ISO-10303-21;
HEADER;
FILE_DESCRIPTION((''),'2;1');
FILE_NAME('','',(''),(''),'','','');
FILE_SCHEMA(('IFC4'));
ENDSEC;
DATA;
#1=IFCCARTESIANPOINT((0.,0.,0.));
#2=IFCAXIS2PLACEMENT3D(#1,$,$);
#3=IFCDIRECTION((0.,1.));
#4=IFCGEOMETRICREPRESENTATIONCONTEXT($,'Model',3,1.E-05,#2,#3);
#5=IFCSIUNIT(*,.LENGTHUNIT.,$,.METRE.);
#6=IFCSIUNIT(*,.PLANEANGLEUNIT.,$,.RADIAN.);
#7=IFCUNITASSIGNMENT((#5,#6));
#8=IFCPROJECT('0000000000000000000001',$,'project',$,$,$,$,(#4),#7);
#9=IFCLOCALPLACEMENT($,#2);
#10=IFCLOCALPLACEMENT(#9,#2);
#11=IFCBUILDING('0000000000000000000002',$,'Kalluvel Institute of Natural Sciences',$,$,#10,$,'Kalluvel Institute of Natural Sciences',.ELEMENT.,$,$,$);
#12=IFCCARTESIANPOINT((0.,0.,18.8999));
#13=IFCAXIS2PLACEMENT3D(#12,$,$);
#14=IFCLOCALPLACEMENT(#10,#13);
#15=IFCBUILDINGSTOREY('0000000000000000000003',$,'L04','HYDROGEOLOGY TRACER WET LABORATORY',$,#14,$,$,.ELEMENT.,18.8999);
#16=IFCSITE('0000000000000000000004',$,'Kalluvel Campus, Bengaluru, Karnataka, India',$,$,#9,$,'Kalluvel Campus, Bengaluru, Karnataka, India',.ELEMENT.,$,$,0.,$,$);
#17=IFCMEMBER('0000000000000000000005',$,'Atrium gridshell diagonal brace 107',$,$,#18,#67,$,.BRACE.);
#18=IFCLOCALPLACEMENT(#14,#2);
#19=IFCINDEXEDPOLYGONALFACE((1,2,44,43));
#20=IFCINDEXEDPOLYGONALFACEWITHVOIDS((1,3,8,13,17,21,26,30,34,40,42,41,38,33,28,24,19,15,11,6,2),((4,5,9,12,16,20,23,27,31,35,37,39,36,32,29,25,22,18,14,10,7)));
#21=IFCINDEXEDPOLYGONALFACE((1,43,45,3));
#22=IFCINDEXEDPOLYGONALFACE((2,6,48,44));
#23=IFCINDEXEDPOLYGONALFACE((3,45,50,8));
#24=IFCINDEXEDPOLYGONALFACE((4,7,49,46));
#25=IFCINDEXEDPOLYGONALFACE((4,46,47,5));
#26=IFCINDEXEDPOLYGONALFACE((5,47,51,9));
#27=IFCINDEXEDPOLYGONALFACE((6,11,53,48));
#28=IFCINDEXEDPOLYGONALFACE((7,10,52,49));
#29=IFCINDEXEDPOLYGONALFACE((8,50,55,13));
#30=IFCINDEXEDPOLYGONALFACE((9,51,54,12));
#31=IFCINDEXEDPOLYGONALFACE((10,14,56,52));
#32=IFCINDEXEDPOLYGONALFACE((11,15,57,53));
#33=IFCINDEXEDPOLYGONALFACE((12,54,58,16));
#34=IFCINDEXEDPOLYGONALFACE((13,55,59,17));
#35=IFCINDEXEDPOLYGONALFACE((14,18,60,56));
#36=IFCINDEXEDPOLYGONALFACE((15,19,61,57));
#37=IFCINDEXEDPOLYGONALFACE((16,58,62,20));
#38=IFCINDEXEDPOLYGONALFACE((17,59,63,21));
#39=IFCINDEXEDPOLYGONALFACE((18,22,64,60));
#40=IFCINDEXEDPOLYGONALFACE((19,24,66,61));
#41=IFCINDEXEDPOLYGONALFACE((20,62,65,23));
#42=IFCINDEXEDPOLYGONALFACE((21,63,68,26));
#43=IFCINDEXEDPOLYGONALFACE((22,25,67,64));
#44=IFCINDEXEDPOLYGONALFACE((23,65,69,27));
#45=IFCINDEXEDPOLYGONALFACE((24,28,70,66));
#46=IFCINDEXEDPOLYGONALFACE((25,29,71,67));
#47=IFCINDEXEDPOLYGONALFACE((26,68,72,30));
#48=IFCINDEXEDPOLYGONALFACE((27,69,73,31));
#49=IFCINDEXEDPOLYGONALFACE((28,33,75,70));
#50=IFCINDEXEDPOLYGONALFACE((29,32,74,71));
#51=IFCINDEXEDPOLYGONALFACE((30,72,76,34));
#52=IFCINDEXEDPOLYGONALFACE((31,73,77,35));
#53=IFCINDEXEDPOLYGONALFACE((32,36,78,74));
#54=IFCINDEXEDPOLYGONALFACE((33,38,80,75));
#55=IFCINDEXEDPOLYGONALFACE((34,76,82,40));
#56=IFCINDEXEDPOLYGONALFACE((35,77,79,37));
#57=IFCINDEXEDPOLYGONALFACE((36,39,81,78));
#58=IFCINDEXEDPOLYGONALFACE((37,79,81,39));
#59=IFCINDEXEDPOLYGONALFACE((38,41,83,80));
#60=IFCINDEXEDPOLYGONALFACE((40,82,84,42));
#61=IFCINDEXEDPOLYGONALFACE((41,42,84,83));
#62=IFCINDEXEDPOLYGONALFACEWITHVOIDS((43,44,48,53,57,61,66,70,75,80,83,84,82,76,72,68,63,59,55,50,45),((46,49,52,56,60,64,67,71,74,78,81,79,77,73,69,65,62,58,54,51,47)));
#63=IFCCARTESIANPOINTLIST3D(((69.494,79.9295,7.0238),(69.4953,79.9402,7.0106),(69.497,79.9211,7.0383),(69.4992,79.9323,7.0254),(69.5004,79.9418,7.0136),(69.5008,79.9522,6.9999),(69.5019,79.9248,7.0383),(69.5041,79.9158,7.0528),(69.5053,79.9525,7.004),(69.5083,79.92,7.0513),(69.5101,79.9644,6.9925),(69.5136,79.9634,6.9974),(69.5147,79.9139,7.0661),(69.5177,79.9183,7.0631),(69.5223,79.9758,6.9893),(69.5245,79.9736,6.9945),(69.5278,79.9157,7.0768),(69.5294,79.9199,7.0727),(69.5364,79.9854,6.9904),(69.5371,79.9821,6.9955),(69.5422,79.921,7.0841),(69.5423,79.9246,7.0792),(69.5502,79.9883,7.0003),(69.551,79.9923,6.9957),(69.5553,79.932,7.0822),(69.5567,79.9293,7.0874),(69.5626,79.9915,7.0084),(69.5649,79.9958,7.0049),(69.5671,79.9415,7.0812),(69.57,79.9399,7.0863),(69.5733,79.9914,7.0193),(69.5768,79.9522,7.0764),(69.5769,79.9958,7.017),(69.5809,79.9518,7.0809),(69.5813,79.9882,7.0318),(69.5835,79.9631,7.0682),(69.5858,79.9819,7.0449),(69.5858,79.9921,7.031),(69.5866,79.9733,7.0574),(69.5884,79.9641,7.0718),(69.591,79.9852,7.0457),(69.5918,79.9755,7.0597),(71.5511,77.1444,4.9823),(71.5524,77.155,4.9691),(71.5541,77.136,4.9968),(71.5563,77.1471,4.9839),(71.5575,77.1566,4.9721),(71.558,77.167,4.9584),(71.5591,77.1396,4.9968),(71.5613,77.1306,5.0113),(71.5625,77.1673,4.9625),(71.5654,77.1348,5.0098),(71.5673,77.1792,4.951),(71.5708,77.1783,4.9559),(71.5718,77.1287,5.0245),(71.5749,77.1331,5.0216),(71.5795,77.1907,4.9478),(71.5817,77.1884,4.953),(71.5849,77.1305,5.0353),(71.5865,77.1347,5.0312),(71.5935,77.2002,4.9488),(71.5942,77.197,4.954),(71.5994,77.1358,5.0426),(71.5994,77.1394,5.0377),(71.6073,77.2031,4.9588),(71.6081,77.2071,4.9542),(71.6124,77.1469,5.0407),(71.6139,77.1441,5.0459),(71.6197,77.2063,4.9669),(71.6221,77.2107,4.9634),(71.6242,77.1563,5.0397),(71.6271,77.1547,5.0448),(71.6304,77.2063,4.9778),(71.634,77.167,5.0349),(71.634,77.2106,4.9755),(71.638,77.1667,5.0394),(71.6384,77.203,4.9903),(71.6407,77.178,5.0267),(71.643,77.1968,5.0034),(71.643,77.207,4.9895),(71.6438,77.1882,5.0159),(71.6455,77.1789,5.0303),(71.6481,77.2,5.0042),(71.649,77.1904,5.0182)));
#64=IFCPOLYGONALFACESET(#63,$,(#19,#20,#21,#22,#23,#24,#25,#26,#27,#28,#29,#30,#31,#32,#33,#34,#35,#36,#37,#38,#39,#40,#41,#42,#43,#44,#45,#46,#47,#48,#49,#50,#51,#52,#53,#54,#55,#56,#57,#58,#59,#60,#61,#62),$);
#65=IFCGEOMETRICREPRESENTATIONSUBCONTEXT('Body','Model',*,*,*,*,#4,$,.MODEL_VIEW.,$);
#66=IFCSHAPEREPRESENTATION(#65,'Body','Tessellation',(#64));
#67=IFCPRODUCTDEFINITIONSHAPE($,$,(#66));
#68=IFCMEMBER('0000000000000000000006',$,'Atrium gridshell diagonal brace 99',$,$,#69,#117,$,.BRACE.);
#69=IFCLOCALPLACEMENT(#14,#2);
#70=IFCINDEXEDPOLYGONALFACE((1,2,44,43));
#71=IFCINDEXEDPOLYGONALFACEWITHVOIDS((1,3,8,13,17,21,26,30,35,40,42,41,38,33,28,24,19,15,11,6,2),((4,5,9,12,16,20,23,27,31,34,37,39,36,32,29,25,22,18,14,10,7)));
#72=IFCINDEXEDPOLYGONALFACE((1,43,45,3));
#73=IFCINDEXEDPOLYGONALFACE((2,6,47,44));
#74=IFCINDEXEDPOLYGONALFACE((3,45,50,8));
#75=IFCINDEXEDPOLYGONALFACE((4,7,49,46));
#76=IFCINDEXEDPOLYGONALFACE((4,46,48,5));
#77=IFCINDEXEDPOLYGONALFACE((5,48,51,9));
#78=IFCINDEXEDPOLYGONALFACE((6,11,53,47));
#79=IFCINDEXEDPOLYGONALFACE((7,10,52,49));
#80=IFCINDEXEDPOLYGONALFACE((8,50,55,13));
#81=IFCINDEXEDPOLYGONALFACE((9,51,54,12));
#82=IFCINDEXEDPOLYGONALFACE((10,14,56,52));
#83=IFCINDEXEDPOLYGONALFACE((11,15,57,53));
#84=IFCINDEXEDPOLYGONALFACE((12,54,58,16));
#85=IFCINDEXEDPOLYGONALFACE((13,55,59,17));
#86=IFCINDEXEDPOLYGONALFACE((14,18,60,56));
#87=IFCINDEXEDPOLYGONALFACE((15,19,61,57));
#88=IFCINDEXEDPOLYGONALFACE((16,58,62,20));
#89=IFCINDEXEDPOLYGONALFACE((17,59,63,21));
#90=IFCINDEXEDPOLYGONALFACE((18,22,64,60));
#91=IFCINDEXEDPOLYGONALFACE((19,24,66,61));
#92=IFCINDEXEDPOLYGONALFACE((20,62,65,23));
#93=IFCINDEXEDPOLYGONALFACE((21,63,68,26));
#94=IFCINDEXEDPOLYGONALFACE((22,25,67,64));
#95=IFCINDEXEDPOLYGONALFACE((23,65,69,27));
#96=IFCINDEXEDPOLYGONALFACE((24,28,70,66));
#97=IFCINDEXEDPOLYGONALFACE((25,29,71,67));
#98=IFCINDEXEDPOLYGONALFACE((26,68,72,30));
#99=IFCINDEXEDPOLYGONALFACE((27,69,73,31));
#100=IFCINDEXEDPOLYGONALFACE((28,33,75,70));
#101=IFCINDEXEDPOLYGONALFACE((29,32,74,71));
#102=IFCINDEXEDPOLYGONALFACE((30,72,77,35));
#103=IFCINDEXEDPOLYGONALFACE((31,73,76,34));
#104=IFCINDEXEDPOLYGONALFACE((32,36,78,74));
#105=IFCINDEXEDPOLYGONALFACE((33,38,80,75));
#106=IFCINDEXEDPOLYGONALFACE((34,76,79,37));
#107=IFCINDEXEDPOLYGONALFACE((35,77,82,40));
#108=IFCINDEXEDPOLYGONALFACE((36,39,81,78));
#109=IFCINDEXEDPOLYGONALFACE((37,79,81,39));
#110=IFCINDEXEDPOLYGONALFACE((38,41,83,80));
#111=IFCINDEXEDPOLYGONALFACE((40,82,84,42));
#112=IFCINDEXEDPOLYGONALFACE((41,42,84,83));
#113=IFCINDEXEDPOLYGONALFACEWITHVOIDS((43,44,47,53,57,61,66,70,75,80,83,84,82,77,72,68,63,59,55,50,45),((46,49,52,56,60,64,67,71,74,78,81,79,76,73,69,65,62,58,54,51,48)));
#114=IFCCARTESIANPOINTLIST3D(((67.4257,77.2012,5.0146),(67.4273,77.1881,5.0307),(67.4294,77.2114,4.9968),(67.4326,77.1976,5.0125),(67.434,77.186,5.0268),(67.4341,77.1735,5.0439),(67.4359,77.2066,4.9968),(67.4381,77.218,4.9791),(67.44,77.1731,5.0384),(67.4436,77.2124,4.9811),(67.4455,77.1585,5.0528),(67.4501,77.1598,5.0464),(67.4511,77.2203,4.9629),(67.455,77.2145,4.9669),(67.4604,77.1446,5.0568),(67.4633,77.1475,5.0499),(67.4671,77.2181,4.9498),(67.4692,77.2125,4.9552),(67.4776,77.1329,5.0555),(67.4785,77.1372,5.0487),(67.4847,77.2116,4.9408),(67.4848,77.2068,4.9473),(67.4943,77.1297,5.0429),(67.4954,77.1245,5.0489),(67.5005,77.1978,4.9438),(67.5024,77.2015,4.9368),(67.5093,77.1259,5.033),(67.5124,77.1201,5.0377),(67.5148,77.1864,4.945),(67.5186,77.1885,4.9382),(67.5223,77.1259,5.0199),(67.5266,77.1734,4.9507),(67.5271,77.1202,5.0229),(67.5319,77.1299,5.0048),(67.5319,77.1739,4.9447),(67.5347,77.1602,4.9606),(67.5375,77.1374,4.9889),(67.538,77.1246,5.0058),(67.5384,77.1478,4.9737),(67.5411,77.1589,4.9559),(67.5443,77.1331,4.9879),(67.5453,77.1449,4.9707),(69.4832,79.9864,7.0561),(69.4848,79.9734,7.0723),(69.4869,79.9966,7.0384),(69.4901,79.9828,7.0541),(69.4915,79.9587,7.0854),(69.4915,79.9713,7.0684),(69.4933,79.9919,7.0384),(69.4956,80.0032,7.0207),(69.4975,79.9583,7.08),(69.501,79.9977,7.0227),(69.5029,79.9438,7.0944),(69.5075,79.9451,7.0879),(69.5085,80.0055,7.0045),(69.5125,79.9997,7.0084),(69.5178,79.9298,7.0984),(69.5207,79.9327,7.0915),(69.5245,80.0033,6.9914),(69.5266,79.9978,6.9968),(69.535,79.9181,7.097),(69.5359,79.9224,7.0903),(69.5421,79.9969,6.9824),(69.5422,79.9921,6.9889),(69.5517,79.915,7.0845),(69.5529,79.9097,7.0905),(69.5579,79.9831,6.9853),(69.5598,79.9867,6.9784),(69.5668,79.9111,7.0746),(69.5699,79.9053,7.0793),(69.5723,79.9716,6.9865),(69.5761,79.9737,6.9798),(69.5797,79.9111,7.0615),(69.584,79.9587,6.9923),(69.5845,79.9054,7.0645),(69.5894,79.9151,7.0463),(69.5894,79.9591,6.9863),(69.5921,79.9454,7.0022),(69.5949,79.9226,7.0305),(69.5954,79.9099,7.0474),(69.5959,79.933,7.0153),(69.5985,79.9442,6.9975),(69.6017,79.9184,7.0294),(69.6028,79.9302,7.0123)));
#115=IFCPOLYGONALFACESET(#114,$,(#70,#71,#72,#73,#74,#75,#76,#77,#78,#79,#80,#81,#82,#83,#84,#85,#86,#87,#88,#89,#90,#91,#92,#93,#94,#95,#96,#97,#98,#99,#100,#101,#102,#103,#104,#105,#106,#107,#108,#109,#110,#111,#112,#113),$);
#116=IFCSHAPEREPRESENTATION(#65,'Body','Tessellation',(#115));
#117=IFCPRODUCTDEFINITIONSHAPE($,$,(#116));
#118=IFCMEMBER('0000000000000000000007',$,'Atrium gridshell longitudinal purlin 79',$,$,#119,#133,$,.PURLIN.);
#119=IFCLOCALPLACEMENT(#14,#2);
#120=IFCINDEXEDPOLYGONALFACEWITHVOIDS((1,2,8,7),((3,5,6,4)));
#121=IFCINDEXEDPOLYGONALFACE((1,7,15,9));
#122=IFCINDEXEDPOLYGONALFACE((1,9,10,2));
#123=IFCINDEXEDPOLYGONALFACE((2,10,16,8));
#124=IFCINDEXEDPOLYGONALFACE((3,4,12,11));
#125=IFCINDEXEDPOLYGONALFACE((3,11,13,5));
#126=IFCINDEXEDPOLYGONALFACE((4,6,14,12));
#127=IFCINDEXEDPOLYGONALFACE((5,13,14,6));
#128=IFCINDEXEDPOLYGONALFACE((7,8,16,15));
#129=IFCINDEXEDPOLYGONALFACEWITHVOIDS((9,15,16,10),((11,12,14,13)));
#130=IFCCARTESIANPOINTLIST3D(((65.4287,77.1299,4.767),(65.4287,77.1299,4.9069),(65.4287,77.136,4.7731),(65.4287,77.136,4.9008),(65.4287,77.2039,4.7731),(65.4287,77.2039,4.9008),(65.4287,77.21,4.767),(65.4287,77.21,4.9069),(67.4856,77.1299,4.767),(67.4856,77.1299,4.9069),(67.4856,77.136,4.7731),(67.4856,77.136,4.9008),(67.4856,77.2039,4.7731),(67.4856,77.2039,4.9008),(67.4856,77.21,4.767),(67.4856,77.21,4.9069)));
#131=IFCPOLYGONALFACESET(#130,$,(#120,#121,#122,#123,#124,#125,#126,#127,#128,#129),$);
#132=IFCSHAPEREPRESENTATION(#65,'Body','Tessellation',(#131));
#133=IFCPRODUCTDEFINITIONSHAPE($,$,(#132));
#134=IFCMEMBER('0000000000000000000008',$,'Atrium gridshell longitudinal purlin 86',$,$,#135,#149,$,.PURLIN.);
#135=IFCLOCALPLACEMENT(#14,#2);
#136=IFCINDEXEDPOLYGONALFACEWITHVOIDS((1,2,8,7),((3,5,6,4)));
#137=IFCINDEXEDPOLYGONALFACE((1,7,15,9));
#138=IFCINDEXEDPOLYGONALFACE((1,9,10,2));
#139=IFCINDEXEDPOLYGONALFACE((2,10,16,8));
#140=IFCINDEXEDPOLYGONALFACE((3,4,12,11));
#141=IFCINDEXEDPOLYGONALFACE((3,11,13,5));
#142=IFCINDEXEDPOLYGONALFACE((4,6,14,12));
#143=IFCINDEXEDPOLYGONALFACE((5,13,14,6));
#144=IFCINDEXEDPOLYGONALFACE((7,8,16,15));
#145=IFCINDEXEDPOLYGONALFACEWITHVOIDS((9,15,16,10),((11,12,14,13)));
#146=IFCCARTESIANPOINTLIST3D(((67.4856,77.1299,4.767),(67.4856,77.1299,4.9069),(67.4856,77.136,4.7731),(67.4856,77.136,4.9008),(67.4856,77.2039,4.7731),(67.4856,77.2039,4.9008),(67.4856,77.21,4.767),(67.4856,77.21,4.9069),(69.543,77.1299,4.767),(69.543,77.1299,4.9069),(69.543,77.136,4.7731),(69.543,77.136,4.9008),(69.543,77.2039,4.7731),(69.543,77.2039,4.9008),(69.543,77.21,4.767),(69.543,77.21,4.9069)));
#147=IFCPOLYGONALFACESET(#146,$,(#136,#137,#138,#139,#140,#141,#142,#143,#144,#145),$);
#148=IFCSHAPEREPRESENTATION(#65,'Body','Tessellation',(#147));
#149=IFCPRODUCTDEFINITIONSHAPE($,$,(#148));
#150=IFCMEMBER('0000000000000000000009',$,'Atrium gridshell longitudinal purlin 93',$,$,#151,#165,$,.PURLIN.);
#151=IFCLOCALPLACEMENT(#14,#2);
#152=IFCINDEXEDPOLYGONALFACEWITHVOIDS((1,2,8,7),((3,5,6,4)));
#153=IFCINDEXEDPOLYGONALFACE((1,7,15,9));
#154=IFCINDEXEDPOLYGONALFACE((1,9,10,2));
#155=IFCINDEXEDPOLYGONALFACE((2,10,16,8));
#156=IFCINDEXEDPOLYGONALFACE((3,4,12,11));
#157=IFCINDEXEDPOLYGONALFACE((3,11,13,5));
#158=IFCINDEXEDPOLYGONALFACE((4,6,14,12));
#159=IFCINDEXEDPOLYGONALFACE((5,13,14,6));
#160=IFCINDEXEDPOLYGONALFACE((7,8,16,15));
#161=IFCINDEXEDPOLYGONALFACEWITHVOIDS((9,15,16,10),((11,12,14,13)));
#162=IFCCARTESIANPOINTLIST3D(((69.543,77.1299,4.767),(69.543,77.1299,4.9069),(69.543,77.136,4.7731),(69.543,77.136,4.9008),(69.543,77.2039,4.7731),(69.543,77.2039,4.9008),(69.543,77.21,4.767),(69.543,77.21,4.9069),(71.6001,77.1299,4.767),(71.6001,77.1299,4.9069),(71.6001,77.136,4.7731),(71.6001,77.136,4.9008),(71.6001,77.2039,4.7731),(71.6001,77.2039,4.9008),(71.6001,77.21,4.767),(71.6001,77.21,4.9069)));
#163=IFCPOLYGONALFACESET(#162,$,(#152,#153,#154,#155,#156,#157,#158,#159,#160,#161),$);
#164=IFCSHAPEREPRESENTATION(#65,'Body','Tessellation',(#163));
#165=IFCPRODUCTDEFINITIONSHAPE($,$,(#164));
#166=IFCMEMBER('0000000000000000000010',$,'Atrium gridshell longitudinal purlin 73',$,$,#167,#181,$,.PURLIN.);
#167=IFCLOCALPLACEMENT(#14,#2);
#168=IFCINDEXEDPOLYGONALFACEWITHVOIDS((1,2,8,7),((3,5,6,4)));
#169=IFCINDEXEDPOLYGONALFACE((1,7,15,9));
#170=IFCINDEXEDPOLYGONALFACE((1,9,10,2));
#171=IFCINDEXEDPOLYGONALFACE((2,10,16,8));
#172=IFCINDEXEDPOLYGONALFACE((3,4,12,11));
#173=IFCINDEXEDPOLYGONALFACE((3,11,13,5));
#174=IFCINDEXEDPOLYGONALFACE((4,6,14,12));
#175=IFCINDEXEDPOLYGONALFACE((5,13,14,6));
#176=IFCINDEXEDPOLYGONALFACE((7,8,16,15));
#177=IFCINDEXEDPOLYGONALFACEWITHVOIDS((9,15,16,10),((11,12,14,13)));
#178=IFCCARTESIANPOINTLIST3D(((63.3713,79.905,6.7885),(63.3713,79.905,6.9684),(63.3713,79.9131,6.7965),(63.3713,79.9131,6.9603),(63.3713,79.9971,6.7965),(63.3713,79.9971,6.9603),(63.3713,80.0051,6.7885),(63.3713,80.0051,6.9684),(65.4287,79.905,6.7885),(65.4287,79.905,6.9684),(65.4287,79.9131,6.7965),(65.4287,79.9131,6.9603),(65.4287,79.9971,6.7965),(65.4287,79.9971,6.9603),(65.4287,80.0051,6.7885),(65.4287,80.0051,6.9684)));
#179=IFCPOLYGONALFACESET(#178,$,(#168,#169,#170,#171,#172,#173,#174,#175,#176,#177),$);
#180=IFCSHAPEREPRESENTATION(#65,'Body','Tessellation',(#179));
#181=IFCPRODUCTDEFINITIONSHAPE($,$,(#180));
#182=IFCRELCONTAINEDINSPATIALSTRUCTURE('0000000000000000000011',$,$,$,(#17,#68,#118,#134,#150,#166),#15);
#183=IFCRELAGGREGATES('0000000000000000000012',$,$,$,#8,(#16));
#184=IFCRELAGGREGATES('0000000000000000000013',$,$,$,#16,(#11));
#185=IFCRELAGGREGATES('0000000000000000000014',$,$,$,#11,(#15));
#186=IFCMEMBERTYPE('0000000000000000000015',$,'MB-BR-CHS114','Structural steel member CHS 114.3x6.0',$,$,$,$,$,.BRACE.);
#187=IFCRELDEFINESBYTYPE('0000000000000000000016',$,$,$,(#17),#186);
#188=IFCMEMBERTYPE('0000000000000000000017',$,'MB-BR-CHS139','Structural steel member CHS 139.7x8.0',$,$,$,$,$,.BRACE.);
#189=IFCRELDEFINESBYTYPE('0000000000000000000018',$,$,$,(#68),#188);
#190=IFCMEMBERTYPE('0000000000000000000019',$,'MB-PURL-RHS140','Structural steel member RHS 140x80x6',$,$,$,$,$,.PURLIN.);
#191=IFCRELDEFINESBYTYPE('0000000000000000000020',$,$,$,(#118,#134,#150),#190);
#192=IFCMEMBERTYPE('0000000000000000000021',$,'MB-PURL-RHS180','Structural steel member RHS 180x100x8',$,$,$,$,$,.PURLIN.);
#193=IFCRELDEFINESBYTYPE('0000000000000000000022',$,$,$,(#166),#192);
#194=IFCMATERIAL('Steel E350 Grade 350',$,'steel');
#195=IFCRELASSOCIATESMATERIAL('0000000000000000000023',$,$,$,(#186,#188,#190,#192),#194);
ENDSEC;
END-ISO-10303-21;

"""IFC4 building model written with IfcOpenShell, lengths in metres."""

from ifc_helpers import new_model, si_unit, direction, frame, origin, origin_2d, place, context, subcontext, project, spatial, hollow_rectangle, hollow_circle, extrude, material, material_profile, profile_set, type_object, element, save


model = new_model("IFC4")

# Units and contexts
model_context = context("Model", 3, precision=1e-05, world=origin(), true_north=direction((0.0, 1.0)))
body_context = subcontext(model_context, "Body", "Model", "MODEL_VIEW")
ifc_project = project(units=[si_unit("LENGTHUNIT", "METRE"), si_unit("PLANEANGLEUNIT", "RADIAN")], contexts=[model_context])

# Site, building, storey
site_placement = place(None, origin())
site = spatial("IfcSite", under=ifc_project, at=site_placement, Name="Kalluvel Campus, Bengaluru, Karnataka, India", LongName="Kalluvel Campus, Bengaluru, Karnataka, India", CompositionType="ELEMENT", RefElevation=0.0)
building_placement = place(site_placement, origin())
building = spatial("IfcBuilding", under=site, at=building_placement, Name="Kalluvel Institute of Natural Sciences", LongName="Kalluvel Institute of Natural Sciences", CompositionType="ELEMENT")
storey_placement = place(building_placement, frame((0.0, 0.0, 18.8999)))
storey = spatial("IfcBuildingStorey", under=building, at=storey_placement, Name="L04", Description="HYDROGEOLOGY TRACER WET LABORATORY", CompositionType="ELEMENT", Elevation=18.8999)

# Members
ifc_material_1 = material(Name="Steel E350 Grade 350", Category="steel")
ifc_material_profile_1 = material_profile(ifc_material_1, hollow_circle(Radius=0.0571, WallThickness=0.0061, at=origin_2d()), Name="CHS 114.3x6.0")
ifc_profile_set_1 = profile_set([ifc_material_profile_1], Name="Steel E350 Grade 350")
member_type_1 = type_object("IfcMemberType", Name="MB-BR-CHS114", Description="Structural steel member CHS 114.3x6.0", PredefinedType="BRACE", material=ifc_profile_set_1)
member_1_placement = place(storey_placement, frame((71.6001, 77.1699, 4.9968), z_axis=(-0.511784, 0.692906, 0.507896), x_axis=(-0.804378, -0.594117, 0.0)))
element("IfcMember", 1, at=member_1_placement, inside=storey, type_object=member_type_1, Name="Atrium gridshell diagonal brace 107", PredefinedType="BRACE", context=body_context, shape_type="SweptSolid", body=[
    extrude(hollow_circle(Radius=0.0571, WallThickness=0.0061, at=origin_2d()), origin(), (0.0, 0.0, 1.0), 4.0195),
])
ifc_material_profile_2 = material_profile(ifc_material_1, hollow_circle(Radius=0.0698, WallThickness=0.0081, at=origin_2d()), Name="CHS 139.7x8.0")
ifc_profile_set_2 = profile_set([ifc_material_profile_2], Name="Steel E350 Grade 350")
member_type_2 = type_object("IfcMemberType", Name="MB-BR-CHS139", Description="Structural steel member CHS 139.7x8.0", PredefinedType="BRACE", material=ifc_profile_set_2)
member_2_placement = place(storey_placement, frame((67.4856, 77.1699, 4.9968), z_axis=(0.511828, 0.692885, 0.507881), x_axis=(-0.804345, 0.594163, 0.0)))
element("IfcMember", 2, at=member_2_placement, inside=storey, type_object=member_type_2, Name="Atrium gridshell diagonal brace 99", PredefinedType="BRACE", context=body_context, shape_type="SweptSolid", body=[
    extrude(hollow_circle(Radius=0.0698, WallThickness=0.0081, at=origin_2d()), origin(), (0.0, 0.0, 1.0), 4.0198),
])
ifc_material_profile_3 = material_profile(ifc_material_1, hollow_rectangle(XDim=0.0801, YDim=0.1399, WallThickness=0.0061, at=origin_2d()), Name="RHS 140x80x6")
ifc_profile_set_3 = profile_set([ifc_material_profile_3], Name="Steel E350 Grade 350")
member_type_3 = type_object("IfcMemberType", Name="MB-PURL-RHS140", Description="Structural steel member RHS 140x80x6", PredefinedType="PURLIN", material=ifc_profile_set_3)
member_3_placement = place(storey_placement, frame((65.4287, 77.1699, 4.8369), z_axis=(1.0, 0.0, 0.0), x_axis=(0.0, 1.0, 0.0)))
element("IfcMember", 3, at=member_3_placement, inside=storey, type_object=member_type_3, Name="Atrium gridshell longitudinal purlin 79", PredefinedType="PURLIN", context=body_context, shape_type="SweptSolid", body=[
    extrude(hollow_rectangle(XDim=0.0801, YDim=0.1399, WallThickness=0.0061, at=origin_2d()), origin(), (0.0, 0.0, 1.0), 2.0569),
])
member_4_placement = place(storey_placement, frame((67.4856, 77.1699, 4.8369), z_axis=(1.0, 0.0, 0.0), x_axis=(0.0, 1.0, 0.0)))
element("IfcMember", 4, at=member_4_placement, inside=storey, type_object=member_type_3, Name="Atrium gridshell longitudinal purlin 86", PredefinedType="PURLIN", context=body_context, shape_type="SweptSolid", body=[
    extrude(hollow_rectangle(XDim=0.0801, YDim=0.1399, WallThickness=0.0061, at=origin_2d()), origin(), (0.0, 0.0, 1.0), 2.0574),
])
member_5_placement = place(storey_placement, frame((69.543, 77.1699, 4.8369), z_axis=(1.0, 0.0, 0.0), x_axis=(0.0, 1.0, 0.0)))
element("IfcMember", 5, at=member_5_placement, inside=storey, type_object=member_type_3, Name="Atrium gridshell longitudinal purlin 93", PredefinedType="PURLIN", context=body_context, shape_type="SweptSolid", body=[
    extrude(hollow_rectangle(XDim=0.0801, YDim=0.1399, WallThickness=0.0061, at=origin_2d()), origin(), (0.0, 0.0, 1.0), 2.0571),
])
ifc_material_profile_4 = material_profile(ifc_material_1, hollow_rectangle(XDim=0.1001, YDim=0.1799, WallThickness=0.0081, at=origin_2d()), Name="RHS 180x100x8")
ifc_profile_set_4 = profile_set([ifc_material_profile_4], Name="Steel E350 Grade 350")
member_type_4 = type_object("IfcMemberType", Name="MB-PURL-RHS180", Description="Structural steel member RHS 180x100x8", PredefinedType="PURLIN", material=ifc_profile_set_4)
member_6_placement = place(storey_placement, frame((63.3713, 79.9551, 6.8784), z_axis=(1.0, 0.0, 0.0), x_axis=(0.0, 1.0, 0.0)))
element("IfcMember", 6, at=member_6_placement, inside=storey, type_object=member_type_4, Name="Atrium gridshell longitudinal purlin 73", PredefinedType="PURLIN", context=body_context, shape_type="SweptSolid", body=[
    extrude(hollow_rectangle(XDim=0.1001, YDim=0.1799, WallThickness=0.0081, at=origin_2d()), origin(), (0.0, 0.0, 1.0), 2.0574),
])

save(model, "model.ifc")
